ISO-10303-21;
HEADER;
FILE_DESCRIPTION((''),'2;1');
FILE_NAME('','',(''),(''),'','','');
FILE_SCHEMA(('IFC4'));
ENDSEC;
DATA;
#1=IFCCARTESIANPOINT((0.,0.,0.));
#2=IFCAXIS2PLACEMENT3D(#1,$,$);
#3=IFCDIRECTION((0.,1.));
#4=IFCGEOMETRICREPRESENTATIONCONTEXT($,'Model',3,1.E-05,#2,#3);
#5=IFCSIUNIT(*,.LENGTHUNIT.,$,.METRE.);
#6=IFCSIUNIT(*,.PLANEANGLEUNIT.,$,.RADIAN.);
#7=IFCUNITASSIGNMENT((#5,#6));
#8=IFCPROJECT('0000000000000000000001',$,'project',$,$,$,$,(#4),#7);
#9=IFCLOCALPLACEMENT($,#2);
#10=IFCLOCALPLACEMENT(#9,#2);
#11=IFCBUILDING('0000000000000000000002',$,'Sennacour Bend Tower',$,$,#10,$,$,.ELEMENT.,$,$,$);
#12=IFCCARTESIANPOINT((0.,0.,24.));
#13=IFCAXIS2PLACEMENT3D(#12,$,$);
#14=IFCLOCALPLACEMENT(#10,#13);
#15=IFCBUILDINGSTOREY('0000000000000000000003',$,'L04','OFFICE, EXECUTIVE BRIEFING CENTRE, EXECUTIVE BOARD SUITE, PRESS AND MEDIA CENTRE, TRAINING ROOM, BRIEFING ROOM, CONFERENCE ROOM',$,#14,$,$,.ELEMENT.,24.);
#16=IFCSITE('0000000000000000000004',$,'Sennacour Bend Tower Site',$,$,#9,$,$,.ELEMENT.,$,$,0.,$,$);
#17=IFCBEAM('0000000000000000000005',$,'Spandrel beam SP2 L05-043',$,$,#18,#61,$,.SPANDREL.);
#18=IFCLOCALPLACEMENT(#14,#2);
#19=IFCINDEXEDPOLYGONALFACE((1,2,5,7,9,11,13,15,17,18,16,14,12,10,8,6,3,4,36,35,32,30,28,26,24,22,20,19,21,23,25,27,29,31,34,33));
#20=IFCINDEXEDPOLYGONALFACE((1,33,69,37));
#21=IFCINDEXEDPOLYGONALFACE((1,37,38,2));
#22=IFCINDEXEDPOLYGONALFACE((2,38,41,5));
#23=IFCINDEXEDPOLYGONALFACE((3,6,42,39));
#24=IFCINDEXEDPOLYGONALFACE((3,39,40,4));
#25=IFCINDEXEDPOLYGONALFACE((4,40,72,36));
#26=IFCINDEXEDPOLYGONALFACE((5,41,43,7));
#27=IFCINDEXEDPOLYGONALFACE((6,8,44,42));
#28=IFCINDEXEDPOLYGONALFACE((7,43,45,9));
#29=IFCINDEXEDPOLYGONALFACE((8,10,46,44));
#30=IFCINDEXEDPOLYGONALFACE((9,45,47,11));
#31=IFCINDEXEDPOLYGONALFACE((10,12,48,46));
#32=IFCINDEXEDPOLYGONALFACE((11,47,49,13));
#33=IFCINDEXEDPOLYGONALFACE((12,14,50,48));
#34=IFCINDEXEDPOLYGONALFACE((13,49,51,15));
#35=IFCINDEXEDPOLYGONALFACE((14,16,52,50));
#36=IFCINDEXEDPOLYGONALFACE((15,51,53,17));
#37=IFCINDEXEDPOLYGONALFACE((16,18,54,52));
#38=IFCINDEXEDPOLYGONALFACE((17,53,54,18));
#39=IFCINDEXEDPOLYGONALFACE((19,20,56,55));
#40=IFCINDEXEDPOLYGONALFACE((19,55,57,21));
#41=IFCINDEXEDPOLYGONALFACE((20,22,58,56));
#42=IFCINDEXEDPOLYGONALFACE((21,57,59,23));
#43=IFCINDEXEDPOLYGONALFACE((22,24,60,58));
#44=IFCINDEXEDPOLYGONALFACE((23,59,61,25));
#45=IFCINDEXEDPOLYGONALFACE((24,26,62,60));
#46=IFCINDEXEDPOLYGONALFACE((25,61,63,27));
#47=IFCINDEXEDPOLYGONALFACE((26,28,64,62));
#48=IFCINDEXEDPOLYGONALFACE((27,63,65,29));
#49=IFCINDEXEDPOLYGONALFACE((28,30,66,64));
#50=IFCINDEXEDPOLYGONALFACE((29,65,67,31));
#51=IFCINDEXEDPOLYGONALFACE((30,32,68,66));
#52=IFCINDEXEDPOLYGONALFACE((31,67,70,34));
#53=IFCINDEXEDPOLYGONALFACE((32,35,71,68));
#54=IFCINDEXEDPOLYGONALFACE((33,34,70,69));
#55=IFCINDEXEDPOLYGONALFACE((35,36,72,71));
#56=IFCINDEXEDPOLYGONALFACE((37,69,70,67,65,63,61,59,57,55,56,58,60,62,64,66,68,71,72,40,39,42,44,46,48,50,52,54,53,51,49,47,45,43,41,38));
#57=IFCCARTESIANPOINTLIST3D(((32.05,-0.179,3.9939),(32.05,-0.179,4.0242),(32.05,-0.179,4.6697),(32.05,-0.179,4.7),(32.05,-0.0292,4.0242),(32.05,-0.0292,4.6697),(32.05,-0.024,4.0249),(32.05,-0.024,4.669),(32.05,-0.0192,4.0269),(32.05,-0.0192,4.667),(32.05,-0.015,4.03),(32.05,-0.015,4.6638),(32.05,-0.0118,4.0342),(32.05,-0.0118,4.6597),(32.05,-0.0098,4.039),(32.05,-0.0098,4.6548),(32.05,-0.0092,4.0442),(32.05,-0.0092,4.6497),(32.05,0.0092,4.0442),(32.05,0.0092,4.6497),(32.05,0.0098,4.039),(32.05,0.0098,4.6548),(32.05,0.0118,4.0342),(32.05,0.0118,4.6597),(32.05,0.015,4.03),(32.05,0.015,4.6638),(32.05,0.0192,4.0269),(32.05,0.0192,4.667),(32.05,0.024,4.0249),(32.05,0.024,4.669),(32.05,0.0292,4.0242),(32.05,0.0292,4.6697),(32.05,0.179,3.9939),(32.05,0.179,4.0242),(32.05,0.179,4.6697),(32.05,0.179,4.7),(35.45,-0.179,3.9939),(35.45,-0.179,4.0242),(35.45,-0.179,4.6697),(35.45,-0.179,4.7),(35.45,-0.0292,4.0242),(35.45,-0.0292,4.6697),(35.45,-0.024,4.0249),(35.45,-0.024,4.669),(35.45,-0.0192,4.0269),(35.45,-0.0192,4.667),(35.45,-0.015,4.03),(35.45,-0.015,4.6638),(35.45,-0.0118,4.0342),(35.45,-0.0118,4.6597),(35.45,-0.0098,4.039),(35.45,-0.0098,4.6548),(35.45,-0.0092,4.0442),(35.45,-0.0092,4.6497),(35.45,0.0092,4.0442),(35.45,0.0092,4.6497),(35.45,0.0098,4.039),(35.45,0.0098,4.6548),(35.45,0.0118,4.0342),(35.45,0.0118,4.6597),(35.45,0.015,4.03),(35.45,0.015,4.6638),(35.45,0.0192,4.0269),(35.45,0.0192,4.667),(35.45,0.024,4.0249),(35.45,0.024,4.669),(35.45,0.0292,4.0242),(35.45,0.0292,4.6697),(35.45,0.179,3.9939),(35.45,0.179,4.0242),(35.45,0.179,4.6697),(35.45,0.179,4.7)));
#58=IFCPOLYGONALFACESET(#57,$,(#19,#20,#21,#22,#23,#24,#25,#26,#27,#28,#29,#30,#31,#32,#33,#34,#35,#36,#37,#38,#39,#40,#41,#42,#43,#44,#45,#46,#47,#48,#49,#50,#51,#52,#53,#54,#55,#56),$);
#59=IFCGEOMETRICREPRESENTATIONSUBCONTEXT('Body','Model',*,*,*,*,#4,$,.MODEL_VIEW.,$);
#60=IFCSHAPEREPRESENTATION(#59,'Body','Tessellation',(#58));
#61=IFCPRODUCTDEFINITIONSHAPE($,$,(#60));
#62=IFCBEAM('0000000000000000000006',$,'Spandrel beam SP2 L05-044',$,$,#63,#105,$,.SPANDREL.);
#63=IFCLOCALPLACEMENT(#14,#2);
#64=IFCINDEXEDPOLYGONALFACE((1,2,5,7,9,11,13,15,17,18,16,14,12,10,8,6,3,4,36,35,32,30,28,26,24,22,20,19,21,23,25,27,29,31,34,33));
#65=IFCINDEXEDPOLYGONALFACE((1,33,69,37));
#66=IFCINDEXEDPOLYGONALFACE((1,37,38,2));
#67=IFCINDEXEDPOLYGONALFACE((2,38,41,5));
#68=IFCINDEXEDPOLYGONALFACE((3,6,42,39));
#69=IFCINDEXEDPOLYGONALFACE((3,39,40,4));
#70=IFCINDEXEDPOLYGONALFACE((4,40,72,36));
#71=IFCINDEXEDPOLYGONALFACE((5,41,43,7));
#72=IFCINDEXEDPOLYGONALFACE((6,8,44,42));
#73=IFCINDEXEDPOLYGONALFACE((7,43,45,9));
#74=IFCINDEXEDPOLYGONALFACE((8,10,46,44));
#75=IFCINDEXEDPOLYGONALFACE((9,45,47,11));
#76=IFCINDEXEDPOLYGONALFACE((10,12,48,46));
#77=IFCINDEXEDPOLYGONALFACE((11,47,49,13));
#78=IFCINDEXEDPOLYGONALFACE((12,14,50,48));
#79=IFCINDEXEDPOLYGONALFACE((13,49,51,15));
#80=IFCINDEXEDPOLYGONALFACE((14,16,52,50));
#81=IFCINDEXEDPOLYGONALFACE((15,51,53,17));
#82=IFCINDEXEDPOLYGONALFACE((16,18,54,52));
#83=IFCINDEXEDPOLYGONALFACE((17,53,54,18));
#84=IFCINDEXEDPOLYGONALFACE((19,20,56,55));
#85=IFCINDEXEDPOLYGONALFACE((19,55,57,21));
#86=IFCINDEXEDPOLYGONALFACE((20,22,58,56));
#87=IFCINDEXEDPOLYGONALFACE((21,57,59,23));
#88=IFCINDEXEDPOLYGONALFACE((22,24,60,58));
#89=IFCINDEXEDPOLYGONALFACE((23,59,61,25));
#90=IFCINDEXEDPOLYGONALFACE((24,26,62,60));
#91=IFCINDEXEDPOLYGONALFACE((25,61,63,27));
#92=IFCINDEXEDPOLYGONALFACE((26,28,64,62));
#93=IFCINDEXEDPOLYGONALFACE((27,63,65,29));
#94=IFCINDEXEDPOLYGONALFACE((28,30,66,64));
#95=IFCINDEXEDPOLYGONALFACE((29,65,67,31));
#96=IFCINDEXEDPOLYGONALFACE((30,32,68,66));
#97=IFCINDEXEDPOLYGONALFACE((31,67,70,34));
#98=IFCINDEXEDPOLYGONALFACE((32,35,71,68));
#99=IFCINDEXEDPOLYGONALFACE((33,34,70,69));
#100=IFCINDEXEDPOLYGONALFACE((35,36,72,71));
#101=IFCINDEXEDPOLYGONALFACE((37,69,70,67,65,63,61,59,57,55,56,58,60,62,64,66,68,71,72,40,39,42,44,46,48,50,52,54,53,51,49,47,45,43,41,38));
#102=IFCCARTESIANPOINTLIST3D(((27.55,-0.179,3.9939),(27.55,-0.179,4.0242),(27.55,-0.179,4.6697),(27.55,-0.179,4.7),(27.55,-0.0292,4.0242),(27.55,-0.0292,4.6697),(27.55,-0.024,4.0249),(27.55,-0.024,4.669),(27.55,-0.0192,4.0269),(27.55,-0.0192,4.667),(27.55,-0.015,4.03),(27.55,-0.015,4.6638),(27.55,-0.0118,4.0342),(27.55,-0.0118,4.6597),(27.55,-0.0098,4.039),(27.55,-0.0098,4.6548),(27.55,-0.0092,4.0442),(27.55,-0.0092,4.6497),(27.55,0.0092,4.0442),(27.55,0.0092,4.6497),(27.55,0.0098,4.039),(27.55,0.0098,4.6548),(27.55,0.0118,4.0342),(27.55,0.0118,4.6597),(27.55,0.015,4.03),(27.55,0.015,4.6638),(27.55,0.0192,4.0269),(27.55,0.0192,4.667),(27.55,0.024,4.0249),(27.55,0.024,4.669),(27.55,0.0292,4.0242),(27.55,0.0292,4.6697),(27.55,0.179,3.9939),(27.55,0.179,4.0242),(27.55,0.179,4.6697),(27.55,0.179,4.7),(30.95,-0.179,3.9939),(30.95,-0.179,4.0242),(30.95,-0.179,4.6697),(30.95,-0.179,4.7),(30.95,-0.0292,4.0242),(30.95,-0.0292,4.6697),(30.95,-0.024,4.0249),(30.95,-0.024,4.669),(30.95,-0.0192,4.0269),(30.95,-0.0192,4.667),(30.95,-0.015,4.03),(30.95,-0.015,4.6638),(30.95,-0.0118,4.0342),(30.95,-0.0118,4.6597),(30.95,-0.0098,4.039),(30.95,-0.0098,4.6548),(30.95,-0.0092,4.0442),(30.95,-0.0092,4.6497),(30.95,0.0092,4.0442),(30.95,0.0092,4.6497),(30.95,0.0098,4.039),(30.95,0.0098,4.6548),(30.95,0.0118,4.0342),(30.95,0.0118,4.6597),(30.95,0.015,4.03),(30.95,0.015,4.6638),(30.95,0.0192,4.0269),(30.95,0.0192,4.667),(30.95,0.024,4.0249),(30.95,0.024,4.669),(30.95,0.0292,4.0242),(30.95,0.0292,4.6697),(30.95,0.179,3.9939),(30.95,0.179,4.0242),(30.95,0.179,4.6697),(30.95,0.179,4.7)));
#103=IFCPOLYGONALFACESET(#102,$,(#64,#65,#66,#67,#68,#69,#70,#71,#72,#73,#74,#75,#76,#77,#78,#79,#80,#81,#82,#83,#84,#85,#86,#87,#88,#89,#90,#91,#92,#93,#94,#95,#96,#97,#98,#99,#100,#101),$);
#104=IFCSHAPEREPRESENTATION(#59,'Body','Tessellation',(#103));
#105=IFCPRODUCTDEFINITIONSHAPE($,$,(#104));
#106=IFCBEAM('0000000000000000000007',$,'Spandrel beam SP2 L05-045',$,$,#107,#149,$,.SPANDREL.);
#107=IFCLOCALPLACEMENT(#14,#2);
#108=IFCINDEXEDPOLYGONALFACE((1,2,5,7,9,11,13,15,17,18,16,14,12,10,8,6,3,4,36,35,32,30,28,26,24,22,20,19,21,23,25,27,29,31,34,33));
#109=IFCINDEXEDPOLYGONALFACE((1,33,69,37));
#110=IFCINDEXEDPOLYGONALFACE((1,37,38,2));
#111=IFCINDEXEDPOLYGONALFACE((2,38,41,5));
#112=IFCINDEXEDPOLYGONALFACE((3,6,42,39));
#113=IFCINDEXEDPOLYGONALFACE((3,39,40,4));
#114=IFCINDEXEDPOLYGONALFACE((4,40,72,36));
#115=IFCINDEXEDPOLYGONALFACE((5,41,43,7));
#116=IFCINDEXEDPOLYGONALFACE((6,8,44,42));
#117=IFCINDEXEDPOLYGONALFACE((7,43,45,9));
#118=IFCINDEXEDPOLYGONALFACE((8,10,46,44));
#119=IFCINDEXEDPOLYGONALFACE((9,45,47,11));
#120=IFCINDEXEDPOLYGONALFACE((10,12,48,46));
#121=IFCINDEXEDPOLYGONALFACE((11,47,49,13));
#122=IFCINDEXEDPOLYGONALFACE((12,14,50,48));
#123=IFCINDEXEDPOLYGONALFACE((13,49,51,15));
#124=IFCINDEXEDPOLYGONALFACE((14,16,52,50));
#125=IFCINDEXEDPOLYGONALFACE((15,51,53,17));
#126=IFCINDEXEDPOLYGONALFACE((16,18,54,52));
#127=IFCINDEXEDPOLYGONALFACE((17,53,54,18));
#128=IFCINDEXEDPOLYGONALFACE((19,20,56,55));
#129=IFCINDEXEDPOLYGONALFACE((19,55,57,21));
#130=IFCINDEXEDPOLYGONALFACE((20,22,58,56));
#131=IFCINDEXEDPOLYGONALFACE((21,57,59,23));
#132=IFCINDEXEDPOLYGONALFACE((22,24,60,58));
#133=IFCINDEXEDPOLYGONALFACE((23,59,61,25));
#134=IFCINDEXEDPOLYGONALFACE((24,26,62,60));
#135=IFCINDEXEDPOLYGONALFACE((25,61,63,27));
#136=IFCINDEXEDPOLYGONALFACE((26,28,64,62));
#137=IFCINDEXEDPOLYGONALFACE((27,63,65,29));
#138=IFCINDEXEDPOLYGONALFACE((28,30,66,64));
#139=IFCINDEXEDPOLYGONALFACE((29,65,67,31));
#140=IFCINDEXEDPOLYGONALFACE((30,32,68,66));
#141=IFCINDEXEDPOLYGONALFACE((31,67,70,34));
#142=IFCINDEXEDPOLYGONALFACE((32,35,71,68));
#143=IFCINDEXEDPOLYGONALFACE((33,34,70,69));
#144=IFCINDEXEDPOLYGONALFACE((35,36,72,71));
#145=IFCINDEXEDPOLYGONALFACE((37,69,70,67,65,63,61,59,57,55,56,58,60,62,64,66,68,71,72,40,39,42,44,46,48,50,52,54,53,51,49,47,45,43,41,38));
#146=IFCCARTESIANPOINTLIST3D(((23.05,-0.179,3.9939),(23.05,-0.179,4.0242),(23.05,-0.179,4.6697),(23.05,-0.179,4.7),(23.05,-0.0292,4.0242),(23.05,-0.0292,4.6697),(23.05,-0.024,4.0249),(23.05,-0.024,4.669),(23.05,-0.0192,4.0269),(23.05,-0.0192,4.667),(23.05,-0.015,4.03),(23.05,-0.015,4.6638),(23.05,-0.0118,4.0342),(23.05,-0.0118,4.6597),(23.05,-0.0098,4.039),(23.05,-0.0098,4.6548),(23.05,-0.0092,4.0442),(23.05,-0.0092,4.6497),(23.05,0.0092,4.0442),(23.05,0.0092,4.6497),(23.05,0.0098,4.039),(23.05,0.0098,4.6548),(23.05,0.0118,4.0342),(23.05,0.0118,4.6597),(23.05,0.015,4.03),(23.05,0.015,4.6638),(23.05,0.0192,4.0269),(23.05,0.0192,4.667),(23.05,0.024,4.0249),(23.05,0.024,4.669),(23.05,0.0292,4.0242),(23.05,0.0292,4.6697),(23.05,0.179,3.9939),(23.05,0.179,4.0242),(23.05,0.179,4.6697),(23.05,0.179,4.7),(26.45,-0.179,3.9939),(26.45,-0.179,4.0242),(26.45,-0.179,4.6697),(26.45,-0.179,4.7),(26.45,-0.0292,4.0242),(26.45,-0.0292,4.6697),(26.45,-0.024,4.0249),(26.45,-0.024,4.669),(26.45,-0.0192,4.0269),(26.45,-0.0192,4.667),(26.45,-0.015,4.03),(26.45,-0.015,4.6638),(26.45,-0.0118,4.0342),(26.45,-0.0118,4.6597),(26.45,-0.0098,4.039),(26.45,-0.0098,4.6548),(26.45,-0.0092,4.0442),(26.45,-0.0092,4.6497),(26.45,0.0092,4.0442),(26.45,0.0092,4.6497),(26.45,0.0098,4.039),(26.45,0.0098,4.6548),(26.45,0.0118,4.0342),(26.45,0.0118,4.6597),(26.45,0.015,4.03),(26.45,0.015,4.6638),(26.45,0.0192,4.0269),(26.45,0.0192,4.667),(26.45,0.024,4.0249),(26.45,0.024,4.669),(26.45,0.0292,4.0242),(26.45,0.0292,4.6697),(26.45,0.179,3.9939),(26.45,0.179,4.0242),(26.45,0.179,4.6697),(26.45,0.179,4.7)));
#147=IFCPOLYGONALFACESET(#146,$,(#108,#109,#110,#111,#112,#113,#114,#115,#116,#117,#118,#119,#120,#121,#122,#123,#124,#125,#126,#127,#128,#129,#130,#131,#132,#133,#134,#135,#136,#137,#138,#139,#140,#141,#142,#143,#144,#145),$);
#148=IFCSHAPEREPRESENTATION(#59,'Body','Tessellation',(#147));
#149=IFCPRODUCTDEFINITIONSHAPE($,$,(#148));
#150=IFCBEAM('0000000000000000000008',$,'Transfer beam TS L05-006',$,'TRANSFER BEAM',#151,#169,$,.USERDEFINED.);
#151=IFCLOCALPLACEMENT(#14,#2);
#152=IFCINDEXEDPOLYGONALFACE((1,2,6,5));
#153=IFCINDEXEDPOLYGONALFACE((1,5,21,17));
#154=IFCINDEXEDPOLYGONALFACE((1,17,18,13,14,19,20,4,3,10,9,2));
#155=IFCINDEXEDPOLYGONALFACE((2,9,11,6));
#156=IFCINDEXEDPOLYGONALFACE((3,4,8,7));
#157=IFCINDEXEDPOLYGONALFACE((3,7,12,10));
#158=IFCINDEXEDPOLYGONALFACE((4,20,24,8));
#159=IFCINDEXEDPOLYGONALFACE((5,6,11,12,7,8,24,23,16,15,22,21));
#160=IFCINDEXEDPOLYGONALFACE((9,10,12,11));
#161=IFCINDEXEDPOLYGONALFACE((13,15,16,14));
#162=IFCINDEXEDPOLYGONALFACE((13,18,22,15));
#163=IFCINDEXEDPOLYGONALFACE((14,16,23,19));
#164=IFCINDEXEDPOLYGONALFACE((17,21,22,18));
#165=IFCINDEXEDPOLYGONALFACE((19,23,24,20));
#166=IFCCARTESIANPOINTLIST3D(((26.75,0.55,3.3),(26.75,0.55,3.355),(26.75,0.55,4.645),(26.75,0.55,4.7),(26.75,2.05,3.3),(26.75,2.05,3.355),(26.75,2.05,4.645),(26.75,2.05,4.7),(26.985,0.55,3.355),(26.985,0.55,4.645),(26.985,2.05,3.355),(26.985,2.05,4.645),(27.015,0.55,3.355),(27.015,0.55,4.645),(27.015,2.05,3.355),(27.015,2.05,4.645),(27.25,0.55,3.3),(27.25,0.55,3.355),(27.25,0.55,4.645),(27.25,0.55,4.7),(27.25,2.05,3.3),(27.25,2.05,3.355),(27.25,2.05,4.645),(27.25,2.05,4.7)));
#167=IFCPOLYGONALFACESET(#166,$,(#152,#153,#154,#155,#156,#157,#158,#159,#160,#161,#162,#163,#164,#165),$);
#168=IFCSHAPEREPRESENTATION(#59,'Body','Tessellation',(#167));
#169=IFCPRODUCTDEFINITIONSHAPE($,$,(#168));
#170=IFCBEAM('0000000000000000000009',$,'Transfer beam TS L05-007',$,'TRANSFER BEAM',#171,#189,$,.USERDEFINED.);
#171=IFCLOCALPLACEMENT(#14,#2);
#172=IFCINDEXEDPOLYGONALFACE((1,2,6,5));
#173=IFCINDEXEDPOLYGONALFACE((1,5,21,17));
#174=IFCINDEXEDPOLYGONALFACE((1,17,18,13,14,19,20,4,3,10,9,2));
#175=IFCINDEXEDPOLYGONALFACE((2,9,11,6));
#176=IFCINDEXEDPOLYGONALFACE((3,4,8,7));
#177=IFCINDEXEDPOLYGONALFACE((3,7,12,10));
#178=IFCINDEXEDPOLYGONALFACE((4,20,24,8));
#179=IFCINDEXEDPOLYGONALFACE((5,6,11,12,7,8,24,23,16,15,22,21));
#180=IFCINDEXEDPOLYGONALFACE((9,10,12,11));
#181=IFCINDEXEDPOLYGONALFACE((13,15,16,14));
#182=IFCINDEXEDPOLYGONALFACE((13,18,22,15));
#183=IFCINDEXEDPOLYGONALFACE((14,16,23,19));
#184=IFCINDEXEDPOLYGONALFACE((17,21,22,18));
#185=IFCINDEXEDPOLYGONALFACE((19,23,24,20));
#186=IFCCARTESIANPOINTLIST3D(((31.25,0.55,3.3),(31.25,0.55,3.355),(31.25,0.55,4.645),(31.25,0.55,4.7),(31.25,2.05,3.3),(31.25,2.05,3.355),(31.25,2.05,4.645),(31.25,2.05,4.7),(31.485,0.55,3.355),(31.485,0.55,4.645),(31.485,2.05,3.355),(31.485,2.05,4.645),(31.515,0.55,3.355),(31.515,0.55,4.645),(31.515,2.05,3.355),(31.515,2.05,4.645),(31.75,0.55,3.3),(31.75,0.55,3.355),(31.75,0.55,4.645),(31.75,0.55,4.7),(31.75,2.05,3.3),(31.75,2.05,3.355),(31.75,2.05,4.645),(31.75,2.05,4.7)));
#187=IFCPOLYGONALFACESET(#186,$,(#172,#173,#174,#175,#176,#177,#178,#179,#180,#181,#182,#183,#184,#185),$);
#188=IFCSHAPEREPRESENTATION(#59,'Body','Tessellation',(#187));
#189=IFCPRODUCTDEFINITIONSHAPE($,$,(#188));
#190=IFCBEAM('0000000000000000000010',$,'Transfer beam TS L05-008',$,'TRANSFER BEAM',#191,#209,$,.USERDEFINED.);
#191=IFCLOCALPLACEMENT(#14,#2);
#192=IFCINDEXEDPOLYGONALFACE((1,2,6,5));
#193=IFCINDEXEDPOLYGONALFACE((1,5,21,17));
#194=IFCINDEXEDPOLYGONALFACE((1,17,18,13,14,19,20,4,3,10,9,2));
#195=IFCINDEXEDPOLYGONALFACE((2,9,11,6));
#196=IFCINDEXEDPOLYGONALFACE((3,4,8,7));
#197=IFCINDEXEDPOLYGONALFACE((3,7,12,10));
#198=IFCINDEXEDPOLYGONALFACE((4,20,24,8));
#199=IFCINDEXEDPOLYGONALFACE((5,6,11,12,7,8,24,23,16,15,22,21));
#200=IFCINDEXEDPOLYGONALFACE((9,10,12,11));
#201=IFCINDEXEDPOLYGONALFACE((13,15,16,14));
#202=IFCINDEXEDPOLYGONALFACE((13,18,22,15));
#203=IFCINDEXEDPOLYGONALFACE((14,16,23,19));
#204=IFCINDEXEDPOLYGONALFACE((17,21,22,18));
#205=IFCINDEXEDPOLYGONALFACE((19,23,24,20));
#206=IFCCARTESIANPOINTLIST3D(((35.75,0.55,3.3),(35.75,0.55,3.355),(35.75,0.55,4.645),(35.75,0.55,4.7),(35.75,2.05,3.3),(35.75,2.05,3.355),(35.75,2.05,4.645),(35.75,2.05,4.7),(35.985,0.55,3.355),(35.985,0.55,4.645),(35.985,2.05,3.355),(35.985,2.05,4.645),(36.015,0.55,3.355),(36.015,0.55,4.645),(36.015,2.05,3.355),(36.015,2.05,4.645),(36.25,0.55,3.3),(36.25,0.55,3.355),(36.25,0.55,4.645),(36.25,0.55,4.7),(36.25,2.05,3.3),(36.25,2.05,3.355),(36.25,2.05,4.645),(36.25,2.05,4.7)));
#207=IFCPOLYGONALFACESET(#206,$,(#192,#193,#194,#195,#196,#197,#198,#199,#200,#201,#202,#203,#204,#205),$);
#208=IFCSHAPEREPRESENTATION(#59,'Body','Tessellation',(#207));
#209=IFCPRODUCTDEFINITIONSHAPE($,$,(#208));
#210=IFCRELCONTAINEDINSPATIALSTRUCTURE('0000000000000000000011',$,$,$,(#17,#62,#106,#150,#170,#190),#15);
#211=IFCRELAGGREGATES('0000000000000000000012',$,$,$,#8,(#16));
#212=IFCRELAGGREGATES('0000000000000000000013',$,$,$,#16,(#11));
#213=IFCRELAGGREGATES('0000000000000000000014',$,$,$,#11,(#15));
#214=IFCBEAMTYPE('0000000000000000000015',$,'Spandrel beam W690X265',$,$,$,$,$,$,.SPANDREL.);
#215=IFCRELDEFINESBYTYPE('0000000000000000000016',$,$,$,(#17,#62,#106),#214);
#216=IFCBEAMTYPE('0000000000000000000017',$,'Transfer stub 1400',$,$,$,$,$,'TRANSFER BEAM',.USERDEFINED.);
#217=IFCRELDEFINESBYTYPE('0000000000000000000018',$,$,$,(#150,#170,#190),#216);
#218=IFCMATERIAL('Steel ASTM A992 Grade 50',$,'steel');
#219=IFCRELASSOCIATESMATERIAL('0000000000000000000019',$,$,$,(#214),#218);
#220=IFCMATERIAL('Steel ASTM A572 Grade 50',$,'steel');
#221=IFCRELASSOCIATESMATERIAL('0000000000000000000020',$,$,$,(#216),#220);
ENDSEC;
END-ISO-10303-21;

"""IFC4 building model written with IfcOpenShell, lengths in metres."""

from ifc_helpers import new_model, si_unit, direction, frame, origin, origin_2d, place, context, subcontext, project, spatial, i_section, extrude, material, material_profile, profile_set, type_object, element, save


model = new_model("IFC4")

# Units and contexts
model_context = context("Model", 3, precision=1e-05, world=origin(), true_north=direction((0.0, 1.0)))
body_context = subcontext(model_context, "Body", "Model", "MODEL_VIEW")
ifc_project = project(units=[si_unit("LENGTHUNIT", "METRE"), si_unit("PLANEANGLEUNIT", "RADIAN")], contexts=[model_context])

# Site, building, storey
site_placement = place(None, origin())
site = spatial("IfcSite", under=ifc_project, at=site_placement, Name="Sennacour Bend Tower Site", CompositionType="ELEMENT", RefElevation=0.0)
building_placement = place(site_placement, origin())
building = spatial("IfcBuilding", under=site, at=building_placement, Name="Sennacour Bend Tower", CompositionType="ELEMENT")
storey_placement = place(building_placement, frame((0.0, 0.0, 24.0)))
storey = spatial("IfcBuildingStorey", under=building, at=storey_placement, Name="L04", Description="OFFICE, EXECUTIVE BRIEFING CENTRE, EXECUTIVE BOARD SUITE, PRESS AND MEDIA CENTRE, TRAINING ROOM, BRIEFING ROOM, CONFERENCE ROOM", CompositionType="ELEMENT", Elevation=24.0)

# Shared definitions
ifc_material_1 = material(Name="Steel ASTM A572 Grade 50", Category="steel")

# Beams
ifc_material_2 = material(Name="Steel ASTM A992 Grade 50", Category="steel")
ifc_material_profile_1 = material_profile(ifc_material_2, i_section(OverallWidth=0.3579, OverallDepth=0.7061, WebThickness=0.0183, FlangeThickness=0.0303, FilletRadius=0.02, at=origin_2d()), Name="Steel ASTM A992 Grade 50", Category="steel")
ifc_profile_set_1 = profile_set([ifc_material_profile_1], Name="Steel ASTM A992 Grade 50")
beam_type_1 = type_object("IfcBeamType", Name="Spandrel beam W690X265", PredefinedType="SPANDREL", material=ifc_profile_set_1)
for number, where, z_axis, x_axis, name in (
    (1, (35.45, 0.0, 4.3469), (-1.0, 0.0, 0.0), (0.0, -1.0, 0.0), "Spandrel beam SP2 L05-043"),
    (2, (30.95, 0.0, 4.3469), (-1.0, 0.0, 0.0), (0.0, -1.0, 0.0), "Spandrel beam SP2 L05-044"),
    (3, (26.45, 0.0, 4.3469), (-1.0, 0.0, 0.0), (0.0, -1.0, 0.0), "Spandrel beam SP2 L05-045"),
):
    element("IfcBeam", number, at=place(storey_placement, frame(where, z_axis=z_axis, x_axis=x_axis)), inside=storey, type_object=beam_type_1, Name=name, PredefinedType="SPANDREL", context=body_context, shape_type="SweptSolid", body=[
        extrude(i_section(OverallWidth=0.3579, OverallDepth=0.7061, WebThickness=0.0183, FlangeThickness=0.0303, FilletRadius=0.02, at=origin_2d()), origin(), (0.0, 0.0, 1.0), 3.3999),
    ])
ifc_material_profile_2 = material_profile(ifc_material_1, i_section(OverallWidth=0.5, OverallDepth=1.3999, WebThickness=0.03, FlangeThickness=0.0549, at=origin_2d()), Name="Steel ASTM A572 Grade 50", Category="steel")
ifc_profile_set_2 = profile_set([ifc_material_profile_2], Name="Steel ASTM A572 Grade 50")
beam_type_2 = type_object("IfcBeamType", Name="Transfer stub 1400", ElementType="TRANSFER BEAM", PredefinedType="USERDEFINED", material=ifc_profile_set_2)
for number, where, z_axis, x_axis, name in (
    (4, (27.0, 0.55, 4.0), (0.0, 1.0, 0.0), (-1.0, 0.0, 0.0), "Transfer beam TS L05-006"),
    (5, (31.5, 0.55, 4.0), (0.0, 1.0, 0.0), (-1.0, 0.0, 0.0), "Transfer beam TS L05-007"),
    (6, (36.0, 0.55, 4.0), (0.0, 1.0, 0.0), (-1.0, 0.0, 0.0), "Transfer beam TS L05-008"),
):
    element("IfcBeam", number, at=place(storey_placement, frame(where, z_axis=z_axis, x_axis=x_axis)), inside=storey, type_object=beam_type_2, Name=name, ObjectType="TRANSFER BEAM", PredefinedType="USERDEFINED", context=body_context, shape_type="SweptSolid", body=[
        extrude(i_section(OverallWidth=0.5, OverallDepth=1.3999, WebThickness=0.03, FlangeThickness=0.0549, at=origin_2d()), origin(), (0.0, 0.0, 1.0), 1.5),
    ])

save(model, "model.ifc")
